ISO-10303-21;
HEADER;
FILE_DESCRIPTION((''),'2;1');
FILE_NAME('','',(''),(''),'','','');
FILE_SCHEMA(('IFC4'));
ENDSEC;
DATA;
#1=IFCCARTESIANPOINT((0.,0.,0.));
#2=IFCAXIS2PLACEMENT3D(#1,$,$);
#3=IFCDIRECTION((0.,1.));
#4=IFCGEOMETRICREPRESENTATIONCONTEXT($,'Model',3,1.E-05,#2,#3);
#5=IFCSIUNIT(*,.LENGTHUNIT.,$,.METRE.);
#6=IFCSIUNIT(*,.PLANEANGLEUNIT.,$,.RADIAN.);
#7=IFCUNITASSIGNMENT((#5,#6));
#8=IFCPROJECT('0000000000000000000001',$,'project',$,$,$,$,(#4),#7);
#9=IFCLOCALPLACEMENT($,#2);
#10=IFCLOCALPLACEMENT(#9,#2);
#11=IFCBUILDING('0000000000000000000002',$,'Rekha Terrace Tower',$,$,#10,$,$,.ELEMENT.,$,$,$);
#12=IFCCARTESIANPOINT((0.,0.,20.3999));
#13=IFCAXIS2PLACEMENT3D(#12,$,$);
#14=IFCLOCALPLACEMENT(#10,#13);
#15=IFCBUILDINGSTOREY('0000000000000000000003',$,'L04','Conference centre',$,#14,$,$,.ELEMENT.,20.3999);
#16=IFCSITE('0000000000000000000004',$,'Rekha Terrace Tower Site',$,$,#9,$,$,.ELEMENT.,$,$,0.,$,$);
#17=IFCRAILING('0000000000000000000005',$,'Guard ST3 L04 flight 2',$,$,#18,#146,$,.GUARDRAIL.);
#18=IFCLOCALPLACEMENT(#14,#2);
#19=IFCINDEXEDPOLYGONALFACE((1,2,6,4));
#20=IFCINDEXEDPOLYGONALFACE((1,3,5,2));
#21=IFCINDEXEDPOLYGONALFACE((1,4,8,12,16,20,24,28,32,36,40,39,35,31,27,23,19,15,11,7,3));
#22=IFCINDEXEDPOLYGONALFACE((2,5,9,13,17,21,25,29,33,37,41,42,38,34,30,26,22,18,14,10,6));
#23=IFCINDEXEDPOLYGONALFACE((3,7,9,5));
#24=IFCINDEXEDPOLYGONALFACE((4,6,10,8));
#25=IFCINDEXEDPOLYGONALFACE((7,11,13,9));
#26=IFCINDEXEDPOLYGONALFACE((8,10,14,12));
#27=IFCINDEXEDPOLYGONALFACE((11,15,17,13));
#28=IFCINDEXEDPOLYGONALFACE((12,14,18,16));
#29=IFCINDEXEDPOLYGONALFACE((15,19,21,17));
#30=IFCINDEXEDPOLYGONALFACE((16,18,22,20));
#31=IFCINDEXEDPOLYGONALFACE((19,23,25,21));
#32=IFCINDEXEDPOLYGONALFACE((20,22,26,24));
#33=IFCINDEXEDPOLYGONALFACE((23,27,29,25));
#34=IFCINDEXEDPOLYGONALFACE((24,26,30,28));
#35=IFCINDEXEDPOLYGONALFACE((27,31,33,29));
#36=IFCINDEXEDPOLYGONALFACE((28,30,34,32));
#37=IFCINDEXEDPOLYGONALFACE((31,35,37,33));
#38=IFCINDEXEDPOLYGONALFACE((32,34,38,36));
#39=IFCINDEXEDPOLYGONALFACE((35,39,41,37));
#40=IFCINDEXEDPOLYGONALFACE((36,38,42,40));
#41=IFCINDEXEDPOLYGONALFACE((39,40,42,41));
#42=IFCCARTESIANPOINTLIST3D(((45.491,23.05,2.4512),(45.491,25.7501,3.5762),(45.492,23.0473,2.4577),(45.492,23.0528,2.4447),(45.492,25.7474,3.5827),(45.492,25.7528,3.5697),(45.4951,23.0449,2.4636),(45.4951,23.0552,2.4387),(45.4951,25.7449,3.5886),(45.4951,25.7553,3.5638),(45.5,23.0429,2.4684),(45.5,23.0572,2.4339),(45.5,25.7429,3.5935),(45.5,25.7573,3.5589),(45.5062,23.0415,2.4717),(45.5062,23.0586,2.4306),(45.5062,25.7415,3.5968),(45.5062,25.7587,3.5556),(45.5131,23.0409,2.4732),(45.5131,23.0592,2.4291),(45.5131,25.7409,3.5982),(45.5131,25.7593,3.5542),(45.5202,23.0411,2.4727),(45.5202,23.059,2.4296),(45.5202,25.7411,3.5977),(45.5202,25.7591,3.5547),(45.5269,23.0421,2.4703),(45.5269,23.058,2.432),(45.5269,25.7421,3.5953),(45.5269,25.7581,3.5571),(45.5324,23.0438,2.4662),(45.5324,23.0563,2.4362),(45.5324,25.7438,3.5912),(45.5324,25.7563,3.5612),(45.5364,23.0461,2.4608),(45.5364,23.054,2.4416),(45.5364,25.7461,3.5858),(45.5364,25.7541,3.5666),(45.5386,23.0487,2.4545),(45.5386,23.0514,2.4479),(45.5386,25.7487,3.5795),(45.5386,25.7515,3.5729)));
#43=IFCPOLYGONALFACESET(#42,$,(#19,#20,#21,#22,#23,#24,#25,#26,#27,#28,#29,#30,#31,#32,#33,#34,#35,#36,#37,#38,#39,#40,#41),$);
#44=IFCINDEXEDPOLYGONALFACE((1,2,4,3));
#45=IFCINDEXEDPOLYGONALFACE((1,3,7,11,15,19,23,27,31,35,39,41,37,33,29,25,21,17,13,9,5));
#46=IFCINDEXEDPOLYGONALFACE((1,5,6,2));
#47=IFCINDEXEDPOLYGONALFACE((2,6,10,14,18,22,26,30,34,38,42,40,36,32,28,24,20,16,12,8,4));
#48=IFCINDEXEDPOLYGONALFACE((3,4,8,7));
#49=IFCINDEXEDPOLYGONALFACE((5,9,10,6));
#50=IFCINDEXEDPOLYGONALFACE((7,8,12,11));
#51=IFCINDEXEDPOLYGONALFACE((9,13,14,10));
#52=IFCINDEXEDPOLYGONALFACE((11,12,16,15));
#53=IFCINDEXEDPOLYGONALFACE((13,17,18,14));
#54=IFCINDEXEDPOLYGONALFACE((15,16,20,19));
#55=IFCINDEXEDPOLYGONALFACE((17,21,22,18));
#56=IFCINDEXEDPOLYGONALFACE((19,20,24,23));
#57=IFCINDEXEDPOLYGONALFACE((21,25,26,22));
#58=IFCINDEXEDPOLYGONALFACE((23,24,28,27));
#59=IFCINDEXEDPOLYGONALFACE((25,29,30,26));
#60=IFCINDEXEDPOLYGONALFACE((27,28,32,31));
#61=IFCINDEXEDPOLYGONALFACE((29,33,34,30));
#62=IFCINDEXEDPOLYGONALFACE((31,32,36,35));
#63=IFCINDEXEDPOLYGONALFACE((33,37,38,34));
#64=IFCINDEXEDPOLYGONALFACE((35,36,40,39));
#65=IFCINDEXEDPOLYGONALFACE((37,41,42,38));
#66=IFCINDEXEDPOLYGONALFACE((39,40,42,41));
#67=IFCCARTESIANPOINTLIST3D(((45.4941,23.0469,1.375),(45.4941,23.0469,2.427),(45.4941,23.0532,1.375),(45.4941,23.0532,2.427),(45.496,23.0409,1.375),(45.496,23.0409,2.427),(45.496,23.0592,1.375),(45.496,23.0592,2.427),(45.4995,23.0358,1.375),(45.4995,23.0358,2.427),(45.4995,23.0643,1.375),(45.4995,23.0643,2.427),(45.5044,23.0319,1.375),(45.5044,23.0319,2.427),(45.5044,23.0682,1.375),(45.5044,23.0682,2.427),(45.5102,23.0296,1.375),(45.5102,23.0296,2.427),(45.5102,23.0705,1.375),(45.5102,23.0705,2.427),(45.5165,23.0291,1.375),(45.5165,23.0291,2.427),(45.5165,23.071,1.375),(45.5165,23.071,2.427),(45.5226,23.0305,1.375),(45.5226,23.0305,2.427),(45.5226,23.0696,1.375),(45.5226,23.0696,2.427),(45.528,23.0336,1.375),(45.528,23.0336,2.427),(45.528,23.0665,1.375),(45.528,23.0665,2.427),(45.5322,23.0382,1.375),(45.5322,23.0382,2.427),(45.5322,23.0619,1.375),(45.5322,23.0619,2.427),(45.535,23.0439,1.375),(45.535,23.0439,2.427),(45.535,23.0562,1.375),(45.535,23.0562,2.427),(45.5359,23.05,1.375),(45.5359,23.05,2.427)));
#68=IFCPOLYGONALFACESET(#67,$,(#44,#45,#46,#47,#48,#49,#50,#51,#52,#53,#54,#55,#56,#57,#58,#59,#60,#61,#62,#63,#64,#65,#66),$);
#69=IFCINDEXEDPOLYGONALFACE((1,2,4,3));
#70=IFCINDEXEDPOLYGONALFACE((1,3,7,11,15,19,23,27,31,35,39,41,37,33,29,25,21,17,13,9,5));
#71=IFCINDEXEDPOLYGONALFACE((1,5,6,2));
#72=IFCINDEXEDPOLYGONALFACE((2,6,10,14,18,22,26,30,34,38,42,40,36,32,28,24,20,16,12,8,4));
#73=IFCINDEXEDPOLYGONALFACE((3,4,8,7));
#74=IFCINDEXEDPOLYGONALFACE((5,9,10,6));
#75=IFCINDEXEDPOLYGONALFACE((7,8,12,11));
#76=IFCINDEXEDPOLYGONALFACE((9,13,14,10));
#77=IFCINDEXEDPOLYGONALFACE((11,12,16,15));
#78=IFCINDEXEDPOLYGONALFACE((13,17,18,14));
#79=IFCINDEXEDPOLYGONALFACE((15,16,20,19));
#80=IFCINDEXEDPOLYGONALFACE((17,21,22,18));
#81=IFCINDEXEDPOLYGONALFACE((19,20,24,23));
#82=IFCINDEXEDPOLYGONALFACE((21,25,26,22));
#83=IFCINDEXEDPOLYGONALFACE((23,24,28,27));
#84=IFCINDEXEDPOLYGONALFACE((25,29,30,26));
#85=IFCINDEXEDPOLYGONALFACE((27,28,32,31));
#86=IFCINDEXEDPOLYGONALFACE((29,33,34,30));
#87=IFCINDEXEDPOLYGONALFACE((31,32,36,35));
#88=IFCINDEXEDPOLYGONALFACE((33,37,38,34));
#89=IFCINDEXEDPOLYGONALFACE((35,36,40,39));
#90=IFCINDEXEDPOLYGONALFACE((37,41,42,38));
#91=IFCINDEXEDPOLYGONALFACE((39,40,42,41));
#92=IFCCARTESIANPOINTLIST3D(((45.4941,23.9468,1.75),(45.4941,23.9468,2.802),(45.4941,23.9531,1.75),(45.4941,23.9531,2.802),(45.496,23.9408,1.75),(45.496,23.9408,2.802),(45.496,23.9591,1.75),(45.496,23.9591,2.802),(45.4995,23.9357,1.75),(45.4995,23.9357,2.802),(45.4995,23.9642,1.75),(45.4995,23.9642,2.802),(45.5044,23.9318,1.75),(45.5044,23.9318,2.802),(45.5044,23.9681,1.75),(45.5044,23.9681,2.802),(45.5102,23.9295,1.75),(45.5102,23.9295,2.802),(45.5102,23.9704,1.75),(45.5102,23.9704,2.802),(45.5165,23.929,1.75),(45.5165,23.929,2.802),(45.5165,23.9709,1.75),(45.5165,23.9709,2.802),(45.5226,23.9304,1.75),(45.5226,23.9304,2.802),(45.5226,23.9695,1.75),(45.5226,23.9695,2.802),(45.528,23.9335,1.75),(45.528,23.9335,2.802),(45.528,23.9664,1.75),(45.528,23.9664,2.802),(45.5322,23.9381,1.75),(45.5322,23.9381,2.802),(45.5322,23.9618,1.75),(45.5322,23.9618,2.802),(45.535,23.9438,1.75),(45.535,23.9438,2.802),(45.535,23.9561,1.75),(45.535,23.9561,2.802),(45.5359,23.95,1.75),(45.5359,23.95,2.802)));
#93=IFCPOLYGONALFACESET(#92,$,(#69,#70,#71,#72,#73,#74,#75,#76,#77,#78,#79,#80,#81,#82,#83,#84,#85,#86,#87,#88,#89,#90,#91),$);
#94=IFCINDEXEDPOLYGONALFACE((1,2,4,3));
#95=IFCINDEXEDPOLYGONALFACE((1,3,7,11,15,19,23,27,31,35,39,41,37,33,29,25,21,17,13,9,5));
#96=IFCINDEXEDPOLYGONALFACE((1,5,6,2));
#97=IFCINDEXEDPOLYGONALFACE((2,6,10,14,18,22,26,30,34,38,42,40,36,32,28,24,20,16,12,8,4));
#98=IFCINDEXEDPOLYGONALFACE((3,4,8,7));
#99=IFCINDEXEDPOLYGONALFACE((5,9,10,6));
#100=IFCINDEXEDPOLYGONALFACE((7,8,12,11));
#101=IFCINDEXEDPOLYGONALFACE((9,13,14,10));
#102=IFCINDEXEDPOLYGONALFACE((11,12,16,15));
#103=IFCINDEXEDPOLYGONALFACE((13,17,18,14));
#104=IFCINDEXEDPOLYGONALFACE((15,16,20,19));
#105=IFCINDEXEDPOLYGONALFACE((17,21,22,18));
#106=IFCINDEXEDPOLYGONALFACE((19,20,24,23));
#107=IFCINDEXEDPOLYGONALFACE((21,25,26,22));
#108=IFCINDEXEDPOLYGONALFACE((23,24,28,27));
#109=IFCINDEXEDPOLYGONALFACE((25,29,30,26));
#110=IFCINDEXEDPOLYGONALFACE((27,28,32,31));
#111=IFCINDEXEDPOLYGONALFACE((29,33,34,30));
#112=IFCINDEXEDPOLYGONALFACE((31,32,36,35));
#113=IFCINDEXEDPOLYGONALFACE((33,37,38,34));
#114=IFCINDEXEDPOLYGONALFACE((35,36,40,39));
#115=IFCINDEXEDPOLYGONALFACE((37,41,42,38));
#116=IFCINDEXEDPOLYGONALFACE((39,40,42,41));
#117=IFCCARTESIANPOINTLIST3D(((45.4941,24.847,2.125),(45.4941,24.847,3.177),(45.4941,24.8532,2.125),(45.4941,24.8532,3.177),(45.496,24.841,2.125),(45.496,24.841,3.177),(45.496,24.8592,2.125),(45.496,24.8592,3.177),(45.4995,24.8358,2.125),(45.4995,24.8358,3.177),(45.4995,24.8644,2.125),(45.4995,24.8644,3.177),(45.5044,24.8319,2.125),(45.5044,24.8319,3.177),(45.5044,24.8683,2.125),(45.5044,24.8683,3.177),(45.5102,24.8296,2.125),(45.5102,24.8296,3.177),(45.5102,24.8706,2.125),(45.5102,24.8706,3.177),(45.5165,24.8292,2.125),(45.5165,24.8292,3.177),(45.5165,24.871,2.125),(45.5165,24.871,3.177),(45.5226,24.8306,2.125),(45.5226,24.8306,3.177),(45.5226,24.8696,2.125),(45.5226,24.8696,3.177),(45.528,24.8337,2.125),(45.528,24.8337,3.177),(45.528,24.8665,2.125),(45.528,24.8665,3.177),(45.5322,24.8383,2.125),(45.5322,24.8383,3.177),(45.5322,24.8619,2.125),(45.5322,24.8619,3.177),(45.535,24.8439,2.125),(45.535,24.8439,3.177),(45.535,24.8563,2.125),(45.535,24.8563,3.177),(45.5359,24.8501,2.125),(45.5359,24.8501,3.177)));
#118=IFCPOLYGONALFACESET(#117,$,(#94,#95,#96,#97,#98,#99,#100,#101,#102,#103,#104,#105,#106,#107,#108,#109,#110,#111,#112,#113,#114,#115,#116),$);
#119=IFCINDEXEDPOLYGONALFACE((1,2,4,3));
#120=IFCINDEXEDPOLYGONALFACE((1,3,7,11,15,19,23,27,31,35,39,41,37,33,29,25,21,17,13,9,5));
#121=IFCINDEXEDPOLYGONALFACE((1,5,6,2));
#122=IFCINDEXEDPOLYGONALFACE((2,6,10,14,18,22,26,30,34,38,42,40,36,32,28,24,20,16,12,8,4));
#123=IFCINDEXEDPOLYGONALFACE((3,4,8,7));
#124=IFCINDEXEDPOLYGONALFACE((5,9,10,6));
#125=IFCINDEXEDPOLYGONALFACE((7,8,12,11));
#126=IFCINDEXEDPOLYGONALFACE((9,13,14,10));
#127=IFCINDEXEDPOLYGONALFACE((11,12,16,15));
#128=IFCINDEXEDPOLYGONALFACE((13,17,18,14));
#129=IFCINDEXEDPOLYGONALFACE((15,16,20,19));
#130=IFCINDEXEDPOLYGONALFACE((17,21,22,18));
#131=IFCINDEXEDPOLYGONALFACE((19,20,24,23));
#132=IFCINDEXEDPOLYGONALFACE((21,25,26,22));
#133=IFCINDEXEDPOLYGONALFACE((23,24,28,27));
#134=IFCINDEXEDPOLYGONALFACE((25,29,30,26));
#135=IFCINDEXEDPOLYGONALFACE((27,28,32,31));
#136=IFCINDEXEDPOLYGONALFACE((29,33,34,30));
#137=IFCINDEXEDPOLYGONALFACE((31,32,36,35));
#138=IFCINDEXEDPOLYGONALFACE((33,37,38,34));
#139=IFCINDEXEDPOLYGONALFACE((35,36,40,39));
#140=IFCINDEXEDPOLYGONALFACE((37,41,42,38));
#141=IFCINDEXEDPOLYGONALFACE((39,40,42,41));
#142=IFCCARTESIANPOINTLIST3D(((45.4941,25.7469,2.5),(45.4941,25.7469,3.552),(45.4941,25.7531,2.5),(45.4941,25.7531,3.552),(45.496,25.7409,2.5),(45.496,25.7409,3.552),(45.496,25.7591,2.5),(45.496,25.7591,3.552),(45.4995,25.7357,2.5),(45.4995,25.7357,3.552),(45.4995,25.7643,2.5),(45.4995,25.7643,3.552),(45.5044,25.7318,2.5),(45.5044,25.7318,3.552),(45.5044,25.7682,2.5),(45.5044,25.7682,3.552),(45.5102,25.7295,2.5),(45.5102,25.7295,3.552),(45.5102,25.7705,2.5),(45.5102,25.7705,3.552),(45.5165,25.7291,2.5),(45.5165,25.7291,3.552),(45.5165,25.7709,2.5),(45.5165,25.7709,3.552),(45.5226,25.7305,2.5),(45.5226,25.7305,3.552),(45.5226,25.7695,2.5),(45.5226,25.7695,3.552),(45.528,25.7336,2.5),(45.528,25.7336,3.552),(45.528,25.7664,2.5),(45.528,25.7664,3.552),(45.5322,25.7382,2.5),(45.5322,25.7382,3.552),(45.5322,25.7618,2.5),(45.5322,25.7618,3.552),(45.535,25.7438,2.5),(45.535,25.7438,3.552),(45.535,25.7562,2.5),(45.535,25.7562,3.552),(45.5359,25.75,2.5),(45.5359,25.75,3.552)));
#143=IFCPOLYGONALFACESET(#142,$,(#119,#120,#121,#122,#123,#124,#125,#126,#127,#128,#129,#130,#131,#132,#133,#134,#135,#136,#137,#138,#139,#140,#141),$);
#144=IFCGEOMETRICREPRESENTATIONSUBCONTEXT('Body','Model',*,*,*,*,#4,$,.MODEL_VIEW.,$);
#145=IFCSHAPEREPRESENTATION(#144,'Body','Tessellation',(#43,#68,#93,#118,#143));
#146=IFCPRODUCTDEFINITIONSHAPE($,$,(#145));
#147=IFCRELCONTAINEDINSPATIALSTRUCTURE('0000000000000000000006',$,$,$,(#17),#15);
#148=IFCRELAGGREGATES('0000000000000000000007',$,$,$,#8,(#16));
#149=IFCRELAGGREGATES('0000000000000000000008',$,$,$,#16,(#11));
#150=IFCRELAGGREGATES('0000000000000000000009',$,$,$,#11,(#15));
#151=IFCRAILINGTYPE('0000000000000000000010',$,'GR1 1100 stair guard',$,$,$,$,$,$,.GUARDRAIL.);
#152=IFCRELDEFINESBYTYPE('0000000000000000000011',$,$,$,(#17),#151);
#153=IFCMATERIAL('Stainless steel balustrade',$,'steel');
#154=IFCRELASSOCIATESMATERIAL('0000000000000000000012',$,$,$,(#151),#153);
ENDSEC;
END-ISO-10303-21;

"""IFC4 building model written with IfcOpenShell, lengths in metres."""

from ifc_helpers import new_model, si_unit, direction, frame, origin, origin_2d, place, context, subcontext, project, spatial, circle, extrude, material, type_object, element, save


model = new_model("IFC4")

# Units and contexts
model_context = context("Model", 3, precision=1e-05, world=origin(), true_north=direction((0.0, 1.0)))
body_context = subcontext(model_context, "Body", "Model", "MODEL_VIEW")
ifc_project = project(units=[si_unit("LENGTHUNIT", "METRE"), si_unit("PLANEANGLEUNIT", "RADIAN")], contexts=[model_context])

# Site, building, storey
site_placement = place(None, origin())
site = spatial("IfcSite", under=ifc_project, at=site_placement, Name="Rekha Terrace Tower Site", CompositionType="ELEMENT", RefElevation=0.0)
building_placement = place(site_placement, origin())
building = spatial("IfcBuilding", under=site, at=building_placement, Name="Rekha Terrace Tower", CompositionType="ELEMENT")
storey_placement = place(building_placement, frame((0.0, 0.0, 20.3999)))
storey = spatial("IfcBuildingStorey", under=building, at=storey_placement, Name="L04", Description="Conference centre", CompositionType="ELEMENT", Elevation=20.3999)

# Railing
ifc_material_1 = material(Name="Stainless steel balustrade", Category="steel")
railing_type_1 = type_object("IfcRailingType", Name="GR1 1100 stair guard", PredefinedType="GUARDRAIL", material=ifc_material_1)
railing_1_placement = place(storey_placement, frame((45.5149, 23.05, 1.375)))
element("IfcRailing", 1, at=railing_1_placement, inside=storey, type_object=railing_type_1, Name="Guard ST3 L04 flight 2", PredefinedType="GUARDRAIL", context=body_context, shape_type="SweptSolid", body=[
    extrude(circle(Radius=0.0239, at=origin_2d()), frame((0.0, 0.0, 1.0762), z_axis=(0.0, 0.923074, 0.384621), x_axis=(-1.0, 0.0, 0.0)), (0.0, 0.0, 1.0), 2.925),
    extrude(circle(Radius=0.021, at=origin_2d()), origin(), (0.0, 0.0, 1.0), 1.052),
    extrude(circle(Radius=0.021, at=origin_2d()), frame((0.0, 0.8999, 0.375)), (0.0, 0.0, 1.0), 1.052),
    extrude(circle(Radius=0.021, at=origin_2d()), frame((0.0, 1.8, 0.75)), (0.0, 0.0, 1.0), 1.052),
    extrude(circle(Radius=0.021, at=origin_2d()), frame((0.0, 2.7, 1.125)), (0.0, 0.0, 1.0), 1.052),
])

save(model, "model.ifc")
